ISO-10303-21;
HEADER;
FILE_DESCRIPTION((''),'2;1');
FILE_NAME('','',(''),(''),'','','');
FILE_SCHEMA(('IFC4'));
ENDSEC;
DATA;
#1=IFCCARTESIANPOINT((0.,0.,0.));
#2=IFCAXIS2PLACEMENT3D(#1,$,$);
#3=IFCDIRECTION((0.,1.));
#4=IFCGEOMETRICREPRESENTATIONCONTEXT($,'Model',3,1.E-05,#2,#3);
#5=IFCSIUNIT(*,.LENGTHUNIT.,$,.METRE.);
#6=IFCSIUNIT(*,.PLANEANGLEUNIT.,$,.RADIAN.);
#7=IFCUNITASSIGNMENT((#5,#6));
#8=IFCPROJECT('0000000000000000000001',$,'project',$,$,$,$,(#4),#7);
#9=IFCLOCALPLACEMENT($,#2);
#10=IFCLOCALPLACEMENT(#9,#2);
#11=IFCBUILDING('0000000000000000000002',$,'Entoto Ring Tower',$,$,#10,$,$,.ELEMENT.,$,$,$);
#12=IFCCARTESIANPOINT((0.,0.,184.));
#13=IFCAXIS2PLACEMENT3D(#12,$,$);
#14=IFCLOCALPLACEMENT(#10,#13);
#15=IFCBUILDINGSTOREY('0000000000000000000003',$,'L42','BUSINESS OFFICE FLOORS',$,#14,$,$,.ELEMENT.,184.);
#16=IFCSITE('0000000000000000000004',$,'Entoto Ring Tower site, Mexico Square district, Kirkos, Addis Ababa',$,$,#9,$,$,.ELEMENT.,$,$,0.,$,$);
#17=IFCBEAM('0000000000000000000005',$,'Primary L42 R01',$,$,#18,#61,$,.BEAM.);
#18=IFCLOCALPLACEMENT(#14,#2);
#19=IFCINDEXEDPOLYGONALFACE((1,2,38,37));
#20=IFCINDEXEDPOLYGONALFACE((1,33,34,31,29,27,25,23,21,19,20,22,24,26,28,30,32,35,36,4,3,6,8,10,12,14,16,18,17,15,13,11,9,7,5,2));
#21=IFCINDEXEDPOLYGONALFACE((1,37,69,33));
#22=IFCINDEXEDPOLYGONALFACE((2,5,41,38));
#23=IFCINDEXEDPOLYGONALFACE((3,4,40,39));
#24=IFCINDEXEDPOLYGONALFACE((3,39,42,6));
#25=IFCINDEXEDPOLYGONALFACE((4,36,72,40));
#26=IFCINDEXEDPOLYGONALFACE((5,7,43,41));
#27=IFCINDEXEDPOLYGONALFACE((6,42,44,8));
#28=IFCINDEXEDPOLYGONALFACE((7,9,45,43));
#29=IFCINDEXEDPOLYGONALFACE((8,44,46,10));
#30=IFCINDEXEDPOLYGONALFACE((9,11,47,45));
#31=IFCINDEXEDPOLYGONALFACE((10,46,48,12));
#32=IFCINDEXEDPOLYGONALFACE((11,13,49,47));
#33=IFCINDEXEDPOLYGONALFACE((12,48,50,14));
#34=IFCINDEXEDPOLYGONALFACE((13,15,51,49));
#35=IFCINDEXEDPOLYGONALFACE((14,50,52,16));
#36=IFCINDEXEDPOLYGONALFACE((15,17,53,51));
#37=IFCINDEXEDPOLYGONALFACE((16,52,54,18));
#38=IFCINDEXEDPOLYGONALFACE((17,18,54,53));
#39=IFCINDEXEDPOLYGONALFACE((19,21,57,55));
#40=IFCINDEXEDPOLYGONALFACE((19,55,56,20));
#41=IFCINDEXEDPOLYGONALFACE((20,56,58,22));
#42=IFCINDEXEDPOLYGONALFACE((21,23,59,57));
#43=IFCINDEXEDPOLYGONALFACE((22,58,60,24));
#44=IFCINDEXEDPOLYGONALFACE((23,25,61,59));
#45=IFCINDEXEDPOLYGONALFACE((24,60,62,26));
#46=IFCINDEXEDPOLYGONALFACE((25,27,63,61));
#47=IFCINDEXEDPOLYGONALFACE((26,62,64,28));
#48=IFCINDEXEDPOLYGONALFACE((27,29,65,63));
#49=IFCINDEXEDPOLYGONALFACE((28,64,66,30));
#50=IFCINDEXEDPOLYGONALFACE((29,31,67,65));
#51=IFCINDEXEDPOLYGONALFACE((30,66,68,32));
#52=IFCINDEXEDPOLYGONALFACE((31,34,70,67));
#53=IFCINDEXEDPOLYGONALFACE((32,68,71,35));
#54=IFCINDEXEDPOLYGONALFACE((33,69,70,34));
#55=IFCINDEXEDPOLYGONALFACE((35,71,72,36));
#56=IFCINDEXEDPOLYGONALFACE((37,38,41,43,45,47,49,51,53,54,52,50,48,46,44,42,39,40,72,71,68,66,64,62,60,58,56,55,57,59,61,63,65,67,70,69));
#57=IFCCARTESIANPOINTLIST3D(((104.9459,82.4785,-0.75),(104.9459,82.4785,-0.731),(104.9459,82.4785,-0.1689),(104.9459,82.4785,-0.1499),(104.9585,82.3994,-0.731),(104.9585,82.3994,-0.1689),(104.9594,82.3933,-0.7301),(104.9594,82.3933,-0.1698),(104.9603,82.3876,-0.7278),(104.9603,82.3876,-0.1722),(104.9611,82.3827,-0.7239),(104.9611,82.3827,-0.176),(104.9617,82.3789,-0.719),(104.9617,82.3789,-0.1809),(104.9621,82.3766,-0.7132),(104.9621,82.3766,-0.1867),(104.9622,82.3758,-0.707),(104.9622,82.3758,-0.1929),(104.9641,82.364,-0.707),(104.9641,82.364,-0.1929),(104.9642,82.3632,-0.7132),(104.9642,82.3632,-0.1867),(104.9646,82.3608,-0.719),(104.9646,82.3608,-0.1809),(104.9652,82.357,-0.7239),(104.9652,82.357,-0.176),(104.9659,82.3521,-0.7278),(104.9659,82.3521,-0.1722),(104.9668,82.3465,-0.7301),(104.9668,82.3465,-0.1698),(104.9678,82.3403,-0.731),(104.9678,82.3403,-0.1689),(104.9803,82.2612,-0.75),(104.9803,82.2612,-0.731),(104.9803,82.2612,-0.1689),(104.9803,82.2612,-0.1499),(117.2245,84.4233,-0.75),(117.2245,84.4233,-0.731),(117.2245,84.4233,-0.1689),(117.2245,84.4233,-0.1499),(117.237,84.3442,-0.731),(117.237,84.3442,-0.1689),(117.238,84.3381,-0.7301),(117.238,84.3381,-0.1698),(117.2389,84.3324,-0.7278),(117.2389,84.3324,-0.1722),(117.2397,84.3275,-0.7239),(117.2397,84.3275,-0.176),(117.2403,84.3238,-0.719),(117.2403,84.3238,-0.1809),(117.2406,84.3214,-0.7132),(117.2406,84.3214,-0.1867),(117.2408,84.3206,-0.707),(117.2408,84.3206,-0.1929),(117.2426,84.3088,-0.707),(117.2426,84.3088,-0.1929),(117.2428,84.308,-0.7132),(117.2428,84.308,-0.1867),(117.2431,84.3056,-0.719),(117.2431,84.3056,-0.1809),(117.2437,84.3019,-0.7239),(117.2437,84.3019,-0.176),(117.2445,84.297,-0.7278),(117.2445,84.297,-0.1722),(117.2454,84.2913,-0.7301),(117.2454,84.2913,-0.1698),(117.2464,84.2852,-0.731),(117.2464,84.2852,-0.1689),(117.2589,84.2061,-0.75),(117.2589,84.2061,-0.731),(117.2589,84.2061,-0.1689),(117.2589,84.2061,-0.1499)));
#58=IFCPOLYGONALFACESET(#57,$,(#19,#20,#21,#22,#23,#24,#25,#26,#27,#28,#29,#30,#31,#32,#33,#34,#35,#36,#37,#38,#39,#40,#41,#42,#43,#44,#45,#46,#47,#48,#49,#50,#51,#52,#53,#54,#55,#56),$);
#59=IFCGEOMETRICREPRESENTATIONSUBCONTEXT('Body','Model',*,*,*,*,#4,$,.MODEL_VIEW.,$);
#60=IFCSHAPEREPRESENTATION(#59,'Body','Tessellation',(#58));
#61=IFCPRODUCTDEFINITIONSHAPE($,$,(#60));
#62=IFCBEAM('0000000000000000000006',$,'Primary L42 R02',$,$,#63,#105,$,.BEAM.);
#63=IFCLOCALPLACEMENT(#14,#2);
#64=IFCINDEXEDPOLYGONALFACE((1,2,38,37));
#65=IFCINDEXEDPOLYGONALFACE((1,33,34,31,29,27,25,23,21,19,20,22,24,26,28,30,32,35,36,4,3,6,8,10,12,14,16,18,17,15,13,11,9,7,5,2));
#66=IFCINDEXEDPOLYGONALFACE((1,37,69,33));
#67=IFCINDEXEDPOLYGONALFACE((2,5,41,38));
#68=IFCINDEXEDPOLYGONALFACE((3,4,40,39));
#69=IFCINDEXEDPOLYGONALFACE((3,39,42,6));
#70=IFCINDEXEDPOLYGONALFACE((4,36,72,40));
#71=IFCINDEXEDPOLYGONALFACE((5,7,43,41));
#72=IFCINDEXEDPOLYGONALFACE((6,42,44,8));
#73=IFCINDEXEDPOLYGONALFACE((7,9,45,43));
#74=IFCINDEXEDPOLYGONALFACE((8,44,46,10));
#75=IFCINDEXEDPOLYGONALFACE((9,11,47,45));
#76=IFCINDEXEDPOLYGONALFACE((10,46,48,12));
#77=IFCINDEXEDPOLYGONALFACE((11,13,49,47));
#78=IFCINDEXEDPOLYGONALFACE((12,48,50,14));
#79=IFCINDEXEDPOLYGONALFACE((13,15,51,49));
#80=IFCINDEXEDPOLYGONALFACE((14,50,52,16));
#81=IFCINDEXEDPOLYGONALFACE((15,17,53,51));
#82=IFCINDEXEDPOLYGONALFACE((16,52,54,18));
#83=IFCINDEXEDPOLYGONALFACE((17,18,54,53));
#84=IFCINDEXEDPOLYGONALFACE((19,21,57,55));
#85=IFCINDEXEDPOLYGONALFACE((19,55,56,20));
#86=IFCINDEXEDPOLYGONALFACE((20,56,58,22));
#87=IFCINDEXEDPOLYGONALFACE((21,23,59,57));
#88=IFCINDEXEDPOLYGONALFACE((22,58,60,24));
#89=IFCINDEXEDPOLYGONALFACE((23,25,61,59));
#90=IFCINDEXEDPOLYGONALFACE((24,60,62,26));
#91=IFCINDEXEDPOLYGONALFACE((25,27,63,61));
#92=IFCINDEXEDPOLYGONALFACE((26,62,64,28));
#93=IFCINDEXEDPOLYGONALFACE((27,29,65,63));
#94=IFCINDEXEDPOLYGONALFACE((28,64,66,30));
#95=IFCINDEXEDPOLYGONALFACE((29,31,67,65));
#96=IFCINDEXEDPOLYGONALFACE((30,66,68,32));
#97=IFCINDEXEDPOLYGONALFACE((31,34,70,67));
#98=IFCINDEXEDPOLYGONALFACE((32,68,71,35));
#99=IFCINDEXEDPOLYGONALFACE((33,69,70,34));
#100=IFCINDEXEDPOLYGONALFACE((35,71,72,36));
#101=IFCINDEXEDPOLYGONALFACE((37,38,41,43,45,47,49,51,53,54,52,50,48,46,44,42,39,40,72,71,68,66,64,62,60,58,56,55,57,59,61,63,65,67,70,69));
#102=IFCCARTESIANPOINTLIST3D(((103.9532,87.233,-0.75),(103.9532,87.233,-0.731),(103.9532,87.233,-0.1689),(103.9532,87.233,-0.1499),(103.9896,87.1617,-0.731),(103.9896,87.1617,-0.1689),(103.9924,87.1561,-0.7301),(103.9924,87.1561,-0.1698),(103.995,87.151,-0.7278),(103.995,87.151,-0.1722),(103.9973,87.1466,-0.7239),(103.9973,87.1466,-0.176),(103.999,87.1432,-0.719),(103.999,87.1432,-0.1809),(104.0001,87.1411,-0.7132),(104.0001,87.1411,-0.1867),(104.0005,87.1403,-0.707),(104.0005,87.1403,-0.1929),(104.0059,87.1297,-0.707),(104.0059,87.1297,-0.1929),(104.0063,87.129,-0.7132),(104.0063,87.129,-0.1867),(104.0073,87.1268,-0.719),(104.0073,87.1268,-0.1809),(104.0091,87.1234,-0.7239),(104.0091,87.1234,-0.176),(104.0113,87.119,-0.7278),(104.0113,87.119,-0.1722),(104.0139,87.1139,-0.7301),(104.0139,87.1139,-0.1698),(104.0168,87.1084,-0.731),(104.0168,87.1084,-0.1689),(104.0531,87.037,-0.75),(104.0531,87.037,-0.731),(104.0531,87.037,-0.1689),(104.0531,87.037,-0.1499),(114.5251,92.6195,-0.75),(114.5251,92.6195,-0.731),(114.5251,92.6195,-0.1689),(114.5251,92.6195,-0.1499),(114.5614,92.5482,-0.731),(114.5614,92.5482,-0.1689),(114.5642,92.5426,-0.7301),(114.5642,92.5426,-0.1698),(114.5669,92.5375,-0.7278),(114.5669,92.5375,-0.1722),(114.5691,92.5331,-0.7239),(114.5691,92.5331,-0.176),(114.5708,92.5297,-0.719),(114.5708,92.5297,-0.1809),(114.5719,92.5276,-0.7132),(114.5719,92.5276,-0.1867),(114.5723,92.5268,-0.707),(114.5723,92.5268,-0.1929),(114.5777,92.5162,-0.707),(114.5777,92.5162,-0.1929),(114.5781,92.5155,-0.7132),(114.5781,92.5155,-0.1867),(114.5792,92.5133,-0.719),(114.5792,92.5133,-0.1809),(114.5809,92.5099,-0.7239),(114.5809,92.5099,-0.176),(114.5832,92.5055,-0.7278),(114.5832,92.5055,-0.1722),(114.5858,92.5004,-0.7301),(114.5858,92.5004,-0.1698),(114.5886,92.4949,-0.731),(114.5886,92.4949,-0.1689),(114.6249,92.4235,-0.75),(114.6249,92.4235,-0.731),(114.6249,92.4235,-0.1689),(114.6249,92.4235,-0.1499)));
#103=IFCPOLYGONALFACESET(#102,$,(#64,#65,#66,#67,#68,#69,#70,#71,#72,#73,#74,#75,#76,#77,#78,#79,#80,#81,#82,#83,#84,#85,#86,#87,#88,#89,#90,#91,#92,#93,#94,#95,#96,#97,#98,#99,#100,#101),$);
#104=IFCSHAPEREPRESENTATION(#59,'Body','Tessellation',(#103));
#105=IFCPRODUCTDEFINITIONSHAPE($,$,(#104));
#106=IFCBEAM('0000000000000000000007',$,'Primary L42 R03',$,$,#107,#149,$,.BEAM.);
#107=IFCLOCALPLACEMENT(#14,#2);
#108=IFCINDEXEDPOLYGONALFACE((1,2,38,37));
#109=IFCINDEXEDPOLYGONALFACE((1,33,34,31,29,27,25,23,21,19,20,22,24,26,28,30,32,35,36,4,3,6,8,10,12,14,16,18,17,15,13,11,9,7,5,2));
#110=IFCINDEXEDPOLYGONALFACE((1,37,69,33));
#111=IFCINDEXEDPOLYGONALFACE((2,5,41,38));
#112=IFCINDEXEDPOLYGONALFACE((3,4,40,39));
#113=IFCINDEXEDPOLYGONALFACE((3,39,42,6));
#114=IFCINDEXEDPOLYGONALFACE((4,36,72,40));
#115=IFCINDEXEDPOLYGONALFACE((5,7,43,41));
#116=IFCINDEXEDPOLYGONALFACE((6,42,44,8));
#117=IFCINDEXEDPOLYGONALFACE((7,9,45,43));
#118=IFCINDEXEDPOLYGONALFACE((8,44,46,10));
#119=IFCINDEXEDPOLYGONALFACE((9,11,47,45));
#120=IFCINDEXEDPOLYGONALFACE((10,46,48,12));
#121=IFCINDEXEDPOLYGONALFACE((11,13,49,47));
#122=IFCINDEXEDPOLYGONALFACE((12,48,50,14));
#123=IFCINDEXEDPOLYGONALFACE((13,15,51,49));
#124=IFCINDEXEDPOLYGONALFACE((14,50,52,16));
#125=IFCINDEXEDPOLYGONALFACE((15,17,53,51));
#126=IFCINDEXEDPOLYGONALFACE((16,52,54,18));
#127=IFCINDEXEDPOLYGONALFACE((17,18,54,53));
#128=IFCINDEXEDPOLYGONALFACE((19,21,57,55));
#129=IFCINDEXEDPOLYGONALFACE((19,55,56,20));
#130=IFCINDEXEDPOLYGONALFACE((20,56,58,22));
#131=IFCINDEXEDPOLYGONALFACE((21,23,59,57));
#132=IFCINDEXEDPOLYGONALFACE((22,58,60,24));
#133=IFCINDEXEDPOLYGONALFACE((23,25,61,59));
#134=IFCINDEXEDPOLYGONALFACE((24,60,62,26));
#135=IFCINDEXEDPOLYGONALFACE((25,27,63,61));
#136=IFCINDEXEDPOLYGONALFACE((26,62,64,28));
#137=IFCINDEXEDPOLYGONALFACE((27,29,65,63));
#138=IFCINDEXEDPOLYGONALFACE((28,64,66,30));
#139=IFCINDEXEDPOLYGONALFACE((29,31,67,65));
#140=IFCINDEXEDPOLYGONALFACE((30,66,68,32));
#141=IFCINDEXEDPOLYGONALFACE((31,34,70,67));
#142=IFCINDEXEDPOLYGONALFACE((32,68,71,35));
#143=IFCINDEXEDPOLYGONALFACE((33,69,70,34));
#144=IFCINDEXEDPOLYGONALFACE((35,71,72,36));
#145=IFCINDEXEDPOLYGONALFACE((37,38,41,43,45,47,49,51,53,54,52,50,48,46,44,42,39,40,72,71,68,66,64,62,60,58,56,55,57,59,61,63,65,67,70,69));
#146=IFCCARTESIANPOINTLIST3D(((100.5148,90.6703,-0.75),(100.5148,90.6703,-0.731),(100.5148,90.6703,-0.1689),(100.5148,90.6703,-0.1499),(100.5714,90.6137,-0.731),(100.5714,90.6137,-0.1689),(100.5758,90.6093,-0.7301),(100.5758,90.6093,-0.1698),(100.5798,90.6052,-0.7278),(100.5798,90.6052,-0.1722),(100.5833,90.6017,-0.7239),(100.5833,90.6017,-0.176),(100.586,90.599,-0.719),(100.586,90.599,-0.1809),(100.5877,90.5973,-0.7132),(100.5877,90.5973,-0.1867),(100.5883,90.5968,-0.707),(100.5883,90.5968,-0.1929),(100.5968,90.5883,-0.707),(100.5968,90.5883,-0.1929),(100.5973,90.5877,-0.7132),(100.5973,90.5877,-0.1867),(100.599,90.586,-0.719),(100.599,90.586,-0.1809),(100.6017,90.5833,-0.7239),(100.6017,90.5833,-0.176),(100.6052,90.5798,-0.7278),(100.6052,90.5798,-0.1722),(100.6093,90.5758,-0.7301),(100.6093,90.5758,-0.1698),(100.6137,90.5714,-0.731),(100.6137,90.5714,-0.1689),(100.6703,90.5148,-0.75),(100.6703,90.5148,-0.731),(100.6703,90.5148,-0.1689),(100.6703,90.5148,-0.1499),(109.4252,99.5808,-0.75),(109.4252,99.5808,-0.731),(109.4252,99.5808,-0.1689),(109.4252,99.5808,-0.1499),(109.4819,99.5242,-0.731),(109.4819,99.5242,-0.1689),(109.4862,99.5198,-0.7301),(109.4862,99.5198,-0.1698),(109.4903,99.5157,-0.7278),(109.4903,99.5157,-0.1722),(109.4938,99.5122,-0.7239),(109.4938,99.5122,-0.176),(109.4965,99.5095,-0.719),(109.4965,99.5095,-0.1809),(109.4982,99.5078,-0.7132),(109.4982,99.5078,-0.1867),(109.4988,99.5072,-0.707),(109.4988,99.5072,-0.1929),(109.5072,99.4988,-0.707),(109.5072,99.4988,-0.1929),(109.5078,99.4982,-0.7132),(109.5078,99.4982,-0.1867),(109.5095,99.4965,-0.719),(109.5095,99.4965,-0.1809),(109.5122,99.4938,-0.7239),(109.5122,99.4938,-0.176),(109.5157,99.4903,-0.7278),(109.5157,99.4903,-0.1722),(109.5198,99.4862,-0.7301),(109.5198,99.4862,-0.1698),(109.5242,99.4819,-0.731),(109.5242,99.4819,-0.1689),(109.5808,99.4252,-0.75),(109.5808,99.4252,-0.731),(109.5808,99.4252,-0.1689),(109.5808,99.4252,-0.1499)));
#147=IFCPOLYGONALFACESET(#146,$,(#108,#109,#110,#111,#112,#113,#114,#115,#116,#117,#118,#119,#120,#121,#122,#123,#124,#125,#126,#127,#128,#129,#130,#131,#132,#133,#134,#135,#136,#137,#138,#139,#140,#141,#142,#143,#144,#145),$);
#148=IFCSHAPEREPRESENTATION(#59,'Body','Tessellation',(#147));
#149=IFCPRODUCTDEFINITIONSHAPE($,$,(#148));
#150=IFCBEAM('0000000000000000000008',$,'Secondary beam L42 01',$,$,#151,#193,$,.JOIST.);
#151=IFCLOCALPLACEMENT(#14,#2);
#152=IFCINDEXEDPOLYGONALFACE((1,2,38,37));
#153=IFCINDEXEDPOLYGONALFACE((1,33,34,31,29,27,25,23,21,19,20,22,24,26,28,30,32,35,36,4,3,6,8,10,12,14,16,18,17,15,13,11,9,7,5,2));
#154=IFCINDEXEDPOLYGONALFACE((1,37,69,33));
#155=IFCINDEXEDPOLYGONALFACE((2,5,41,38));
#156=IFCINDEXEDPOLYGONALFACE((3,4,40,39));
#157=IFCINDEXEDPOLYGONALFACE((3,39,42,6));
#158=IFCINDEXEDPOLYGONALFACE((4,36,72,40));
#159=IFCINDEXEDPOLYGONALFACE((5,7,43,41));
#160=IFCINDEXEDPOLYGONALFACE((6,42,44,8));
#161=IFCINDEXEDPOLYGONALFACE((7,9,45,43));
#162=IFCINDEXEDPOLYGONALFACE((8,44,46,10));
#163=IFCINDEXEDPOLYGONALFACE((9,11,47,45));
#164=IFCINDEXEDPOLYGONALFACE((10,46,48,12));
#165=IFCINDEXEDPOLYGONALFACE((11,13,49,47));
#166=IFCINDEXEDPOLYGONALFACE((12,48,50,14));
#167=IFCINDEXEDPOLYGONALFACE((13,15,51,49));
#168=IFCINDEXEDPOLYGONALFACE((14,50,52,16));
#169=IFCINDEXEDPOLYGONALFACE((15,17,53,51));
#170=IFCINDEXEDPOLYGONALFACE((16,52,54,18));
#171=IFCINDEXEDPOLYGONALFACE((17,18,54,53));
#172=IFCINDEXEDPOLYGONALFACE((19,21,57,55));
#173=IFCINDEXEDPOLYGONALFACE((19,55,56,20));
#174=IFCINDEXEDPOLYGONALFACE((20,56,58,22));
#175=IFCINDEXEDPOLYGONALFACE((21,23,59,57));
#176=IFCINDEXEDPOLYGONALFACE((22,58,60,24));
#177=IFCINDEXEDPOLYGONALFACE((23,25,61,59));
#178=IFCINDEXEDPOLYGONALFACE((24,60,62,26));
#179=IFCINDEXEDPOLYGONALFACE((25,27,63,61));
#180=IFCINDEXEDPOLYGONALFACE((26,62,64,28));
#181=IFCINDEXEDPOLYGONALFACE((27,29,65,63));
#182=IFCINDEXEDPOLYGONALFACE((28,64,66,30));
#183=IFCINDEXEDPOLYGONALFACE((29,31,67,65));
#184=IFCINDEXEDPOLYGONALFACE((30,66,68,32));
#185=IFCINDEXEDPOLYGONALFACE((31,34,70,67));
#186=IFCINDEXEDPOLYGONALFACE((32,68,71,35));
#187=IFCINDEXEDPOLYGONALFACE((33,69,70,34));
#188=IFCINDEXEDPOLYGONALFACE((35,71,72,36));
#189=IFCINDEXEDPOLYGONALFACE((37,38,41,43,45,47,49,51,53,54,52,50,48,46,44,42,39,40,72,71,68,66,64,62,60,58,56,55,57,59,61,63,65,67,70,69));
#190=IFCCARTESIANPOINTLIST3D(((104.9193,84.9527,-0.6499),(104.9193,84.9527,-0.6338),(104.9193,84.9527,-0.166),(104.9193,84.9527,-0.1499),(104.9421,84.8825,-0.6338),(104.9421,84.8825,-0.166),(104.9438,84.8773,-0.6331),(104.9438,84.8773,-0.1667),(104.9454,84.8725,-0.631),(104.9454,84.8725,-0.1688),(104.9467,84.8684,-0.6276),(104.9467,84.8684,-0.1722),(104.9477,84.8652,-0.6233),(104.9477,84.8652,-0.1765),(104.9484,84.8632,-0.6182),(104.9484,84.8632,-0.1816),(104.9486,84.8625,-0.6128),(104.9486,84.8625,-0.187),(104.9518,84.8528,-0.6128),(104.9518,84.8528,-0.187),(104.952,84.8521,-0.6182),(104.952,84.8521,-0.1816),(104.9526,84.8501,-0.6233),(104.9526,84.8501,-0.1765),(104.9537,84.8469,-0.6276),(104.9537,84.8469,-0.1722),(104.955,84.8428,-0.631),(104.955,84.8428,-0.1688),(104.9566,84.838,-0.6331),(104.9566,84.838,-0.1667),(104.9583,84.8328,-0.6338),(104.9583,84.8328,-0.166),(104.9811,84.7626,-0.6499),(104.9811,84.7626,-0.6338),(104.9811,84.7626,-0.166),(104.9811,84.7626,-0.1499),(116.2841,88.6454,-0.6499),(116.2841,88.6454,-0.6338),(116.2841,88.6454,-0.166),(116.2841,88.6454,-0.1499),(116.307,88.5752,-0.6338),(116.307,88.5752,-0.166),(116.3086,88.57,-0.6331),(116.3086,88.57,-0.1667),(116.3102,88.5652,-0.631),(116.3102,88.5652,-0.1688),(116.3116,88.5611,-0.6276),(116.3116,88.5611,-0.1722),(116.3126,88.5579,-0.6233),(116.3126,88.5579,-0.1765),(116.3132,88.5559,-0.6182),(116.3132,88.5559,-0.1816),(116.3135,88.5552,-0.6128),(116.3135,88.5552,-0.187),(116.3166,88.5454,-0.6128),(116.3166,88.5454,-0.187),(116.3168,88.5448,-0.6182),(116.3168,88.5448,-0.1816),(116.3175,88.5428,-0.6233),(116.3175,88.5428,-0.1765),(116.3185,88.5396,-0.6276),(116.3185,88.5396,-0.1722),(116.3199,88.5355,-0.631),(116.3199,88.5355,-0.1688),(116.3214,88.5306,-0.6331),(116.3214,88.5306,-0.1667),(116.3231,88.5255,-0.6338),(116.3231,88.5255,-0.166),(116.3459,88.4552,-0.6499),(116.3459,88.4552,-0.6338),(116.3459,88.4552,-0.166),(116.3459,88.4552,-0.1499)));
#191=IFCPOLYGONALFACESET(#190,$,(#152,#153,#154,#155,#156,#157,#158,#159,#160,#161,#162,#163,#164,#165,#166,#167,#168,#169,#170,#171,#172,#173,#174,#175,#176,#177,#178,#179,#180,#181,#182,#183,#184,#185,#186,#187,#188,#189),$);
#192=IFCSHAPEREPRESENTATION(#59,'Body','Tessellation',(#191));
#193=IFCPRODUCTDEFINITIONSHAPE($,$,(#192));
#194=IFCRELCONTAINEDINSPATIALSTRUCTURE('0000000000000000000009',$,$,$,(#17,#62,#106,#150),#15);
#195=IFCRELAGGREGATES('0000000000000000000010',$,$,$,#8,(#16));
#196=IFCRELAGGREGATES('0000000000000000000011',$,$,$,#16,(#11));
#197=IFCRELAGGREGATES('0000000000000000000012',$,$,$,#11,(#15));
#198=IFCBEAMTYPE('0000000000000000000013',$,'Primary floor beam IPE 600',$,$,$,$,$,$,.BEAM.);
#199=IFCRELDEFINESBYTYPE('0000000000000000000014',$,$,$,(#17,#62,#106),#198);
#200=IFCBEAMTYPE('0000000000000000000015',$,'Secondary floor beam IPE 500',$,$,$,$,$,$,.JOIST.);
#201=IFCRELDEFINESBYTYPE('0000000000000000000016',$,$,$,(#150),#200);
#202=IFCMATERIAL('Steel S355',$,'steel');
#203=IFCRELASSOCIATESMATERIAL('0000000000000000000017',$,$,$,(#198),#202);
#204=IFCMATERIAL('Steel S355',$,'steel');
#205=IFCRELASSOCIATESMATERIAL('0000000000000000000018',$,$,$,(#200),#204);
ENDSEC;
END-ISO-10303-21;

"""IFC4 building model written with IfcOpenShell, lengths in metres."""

from ifc_helpers import new_model, si_unit, direction, frame, origin, origin_2d, place, context, subcontext, project, spatial, i_section, extrude, material, material_profile, profile_set, type_object, element, save


model = new_model("IFC4")

# Units and contexts
model_context = context("Model", 3, precision=1e-05, world=origin(), true_north=direction((0.0, 1.0)))
body_context = subcontext(model_context, "Body", "Model", "MODEL_VIEW")
ifc_project = project(units=[si_unit("LENGTHUNIT", "METRE"), si_unit("PLANEANGLEUNIT", "RADIAN")], contexts=[model_context])

# Site, building, storey
site_placement = place(None, origin())
site = spatial("IfcSite", under=ifc_project, at=site_placement, Name="Entoto Ring Tower site, Mexico Square district, Kirkos, Addis Ababa", CompositionType="ELEMENT", RefElevation=0.0)
building_placement = place(site_placement, origin())
building = spatial("IfcBuilding", under=site, at=building_placement, Name="Entoto Ring Tower", CompositionType="ELEMENT")
storey_placement = place(building_placement, frame((0.0, 0.0, 184.0)))
storey = spatial("IfcBuildingStorey", under=building, at=storey_placement, Name="L42", Description="BUSINESS OFFICE FLOORS", CompositionType="ELEMENT", Elevation=184.0)

# Beams
ifc_material_1 = material(Name="Steel S355", Category="steel")
ifc_material_profile_1 = material_profile(ifc_material_1, i_section(OverallWidth=0.22, OverallDepth=0.6001, WebThickness=0.012, FlangeThickness=0.019, FilletRadius=0.0239, at=origin_2d()), Name="IPE 600")
ifc_profile_set_1 = profile_set([ifc_material_profile_1], Name="Steel S355")
beam_type_1 = type_object("IfcBeamType", Name="Primary floor beam IPE 600", PredefinedType="BEAM", material=ifc_profile_set_1)
beam_1_placement = place(storey_placement, frame((104.9631, 82.3699, -0.45), z_axis=(0.987687, 0.156442, 0.0), x_axis=(-0.156442, 0.987687, 0.0)))
element("IfcBeam", 1, at=beam_1_placement, inside=storey, type_object=beam_type_1, Name="Primary L42 R01", PredefinedType="BEAM", context=body_context, shape_type="SweptSolid", body=[
    extrude(i_section(OverallWidth=0.22, OverallDepth=0.6001, WebThickness=0.012, FlangeThickness=0.019, FilletRadius=0.0239, at=origin_2d()), origin(), (0.0, 0.0, 1.0), 12.4316),
])
beam_2_placement = place(storey_placement, frame((104.0032, 87.135, -0.45), z_axis=(0.89101, 0.453983, 0.0), x_axis=(-0.453983, 0.89101, 0.0)))
element("IfcBeam", 2, at=beam_2_placement, inside=storey, type_object=beam_type_1, Name="Primary L42 R02", PredefinedType="BEAM", context=body_context, shape_type="SweptSolid", body=[
    extrude(i_section(OverallWidth=0.22, OverallDepth=0.6001, WebThickness=0.012, FlangeThickness=0.019, FilletRadius=0.0239, at=origin_2d()), origin(), (0.0, 0.0, 1.0), 11.865),
])
beam_3_placement = place(storey_placement, frame((100.5925, 90.5925, -0.45), z_axis=(0.707107, 0.707107, 0.0), x_axis=(-0.707107, 0.707107, 0.0)))
element("IfcBeam", 3, at=beam_3_placement, inside=storey, type_object=beam_type_1, Name="Primary L42 R03", PredefinedType="BEAM", context=body_context, shape_type="SweptSolid", body=[
    extrude(i_section(OverallWidth=0.22, OverallDepth=0.6001, WebThickness=0.012, FlangeThickness=0.019, FilletRadius=0.0239, at=origin_2d()), origin(), (0.0, 0.0, 1.0), 12.6013),
])
ifc_material_2 = material(Name="Steel S355", Category="steel")
ifc_material_profile_2 = material_profile(ifc_material_2, i_section(OverallWidth=0.2, OverallDepth=0.5, WebThickness=0.0103, FlangeThickness=0.0161, FilletRadius=0.021, at=origin_2d()), Name="IPE 500")
ifc_profile_set_2 = profile_set([ifc_material_profile_2], Name="Steel S355")
beam_type_2 = type_object("IfcBeamType", Name="Secondary floor beam IPE 500", PredefinedType="JOIST", material=ifc_profile_set_2)
beam_4_placement = place(storey_placement, frame((104.9502, 84.8577, -0.3999), z_axis=(0.951057, 0.309017, 0.0), x_axis=(-0.309017, 0.951057, 0.0)))
element("IfcBeam", 4, at=beam_4_placement, inside=storey, type_object=beam_type_2, Name="Secondary beam L42 01", PredefinedType="JOIST", context=body_context, shape_type="SweptSolid", body=[
    extrude(i_section(OverallWidth=0.2, OverallDepth=0.5, WebThickness=0.0103, FlangeThickness=0.0161, FilletRadius=0.021, at=origin_2d()), origin(), (0.0, 0.0, 1.0), 11.9497),
])

save(model, "model.ifc")
